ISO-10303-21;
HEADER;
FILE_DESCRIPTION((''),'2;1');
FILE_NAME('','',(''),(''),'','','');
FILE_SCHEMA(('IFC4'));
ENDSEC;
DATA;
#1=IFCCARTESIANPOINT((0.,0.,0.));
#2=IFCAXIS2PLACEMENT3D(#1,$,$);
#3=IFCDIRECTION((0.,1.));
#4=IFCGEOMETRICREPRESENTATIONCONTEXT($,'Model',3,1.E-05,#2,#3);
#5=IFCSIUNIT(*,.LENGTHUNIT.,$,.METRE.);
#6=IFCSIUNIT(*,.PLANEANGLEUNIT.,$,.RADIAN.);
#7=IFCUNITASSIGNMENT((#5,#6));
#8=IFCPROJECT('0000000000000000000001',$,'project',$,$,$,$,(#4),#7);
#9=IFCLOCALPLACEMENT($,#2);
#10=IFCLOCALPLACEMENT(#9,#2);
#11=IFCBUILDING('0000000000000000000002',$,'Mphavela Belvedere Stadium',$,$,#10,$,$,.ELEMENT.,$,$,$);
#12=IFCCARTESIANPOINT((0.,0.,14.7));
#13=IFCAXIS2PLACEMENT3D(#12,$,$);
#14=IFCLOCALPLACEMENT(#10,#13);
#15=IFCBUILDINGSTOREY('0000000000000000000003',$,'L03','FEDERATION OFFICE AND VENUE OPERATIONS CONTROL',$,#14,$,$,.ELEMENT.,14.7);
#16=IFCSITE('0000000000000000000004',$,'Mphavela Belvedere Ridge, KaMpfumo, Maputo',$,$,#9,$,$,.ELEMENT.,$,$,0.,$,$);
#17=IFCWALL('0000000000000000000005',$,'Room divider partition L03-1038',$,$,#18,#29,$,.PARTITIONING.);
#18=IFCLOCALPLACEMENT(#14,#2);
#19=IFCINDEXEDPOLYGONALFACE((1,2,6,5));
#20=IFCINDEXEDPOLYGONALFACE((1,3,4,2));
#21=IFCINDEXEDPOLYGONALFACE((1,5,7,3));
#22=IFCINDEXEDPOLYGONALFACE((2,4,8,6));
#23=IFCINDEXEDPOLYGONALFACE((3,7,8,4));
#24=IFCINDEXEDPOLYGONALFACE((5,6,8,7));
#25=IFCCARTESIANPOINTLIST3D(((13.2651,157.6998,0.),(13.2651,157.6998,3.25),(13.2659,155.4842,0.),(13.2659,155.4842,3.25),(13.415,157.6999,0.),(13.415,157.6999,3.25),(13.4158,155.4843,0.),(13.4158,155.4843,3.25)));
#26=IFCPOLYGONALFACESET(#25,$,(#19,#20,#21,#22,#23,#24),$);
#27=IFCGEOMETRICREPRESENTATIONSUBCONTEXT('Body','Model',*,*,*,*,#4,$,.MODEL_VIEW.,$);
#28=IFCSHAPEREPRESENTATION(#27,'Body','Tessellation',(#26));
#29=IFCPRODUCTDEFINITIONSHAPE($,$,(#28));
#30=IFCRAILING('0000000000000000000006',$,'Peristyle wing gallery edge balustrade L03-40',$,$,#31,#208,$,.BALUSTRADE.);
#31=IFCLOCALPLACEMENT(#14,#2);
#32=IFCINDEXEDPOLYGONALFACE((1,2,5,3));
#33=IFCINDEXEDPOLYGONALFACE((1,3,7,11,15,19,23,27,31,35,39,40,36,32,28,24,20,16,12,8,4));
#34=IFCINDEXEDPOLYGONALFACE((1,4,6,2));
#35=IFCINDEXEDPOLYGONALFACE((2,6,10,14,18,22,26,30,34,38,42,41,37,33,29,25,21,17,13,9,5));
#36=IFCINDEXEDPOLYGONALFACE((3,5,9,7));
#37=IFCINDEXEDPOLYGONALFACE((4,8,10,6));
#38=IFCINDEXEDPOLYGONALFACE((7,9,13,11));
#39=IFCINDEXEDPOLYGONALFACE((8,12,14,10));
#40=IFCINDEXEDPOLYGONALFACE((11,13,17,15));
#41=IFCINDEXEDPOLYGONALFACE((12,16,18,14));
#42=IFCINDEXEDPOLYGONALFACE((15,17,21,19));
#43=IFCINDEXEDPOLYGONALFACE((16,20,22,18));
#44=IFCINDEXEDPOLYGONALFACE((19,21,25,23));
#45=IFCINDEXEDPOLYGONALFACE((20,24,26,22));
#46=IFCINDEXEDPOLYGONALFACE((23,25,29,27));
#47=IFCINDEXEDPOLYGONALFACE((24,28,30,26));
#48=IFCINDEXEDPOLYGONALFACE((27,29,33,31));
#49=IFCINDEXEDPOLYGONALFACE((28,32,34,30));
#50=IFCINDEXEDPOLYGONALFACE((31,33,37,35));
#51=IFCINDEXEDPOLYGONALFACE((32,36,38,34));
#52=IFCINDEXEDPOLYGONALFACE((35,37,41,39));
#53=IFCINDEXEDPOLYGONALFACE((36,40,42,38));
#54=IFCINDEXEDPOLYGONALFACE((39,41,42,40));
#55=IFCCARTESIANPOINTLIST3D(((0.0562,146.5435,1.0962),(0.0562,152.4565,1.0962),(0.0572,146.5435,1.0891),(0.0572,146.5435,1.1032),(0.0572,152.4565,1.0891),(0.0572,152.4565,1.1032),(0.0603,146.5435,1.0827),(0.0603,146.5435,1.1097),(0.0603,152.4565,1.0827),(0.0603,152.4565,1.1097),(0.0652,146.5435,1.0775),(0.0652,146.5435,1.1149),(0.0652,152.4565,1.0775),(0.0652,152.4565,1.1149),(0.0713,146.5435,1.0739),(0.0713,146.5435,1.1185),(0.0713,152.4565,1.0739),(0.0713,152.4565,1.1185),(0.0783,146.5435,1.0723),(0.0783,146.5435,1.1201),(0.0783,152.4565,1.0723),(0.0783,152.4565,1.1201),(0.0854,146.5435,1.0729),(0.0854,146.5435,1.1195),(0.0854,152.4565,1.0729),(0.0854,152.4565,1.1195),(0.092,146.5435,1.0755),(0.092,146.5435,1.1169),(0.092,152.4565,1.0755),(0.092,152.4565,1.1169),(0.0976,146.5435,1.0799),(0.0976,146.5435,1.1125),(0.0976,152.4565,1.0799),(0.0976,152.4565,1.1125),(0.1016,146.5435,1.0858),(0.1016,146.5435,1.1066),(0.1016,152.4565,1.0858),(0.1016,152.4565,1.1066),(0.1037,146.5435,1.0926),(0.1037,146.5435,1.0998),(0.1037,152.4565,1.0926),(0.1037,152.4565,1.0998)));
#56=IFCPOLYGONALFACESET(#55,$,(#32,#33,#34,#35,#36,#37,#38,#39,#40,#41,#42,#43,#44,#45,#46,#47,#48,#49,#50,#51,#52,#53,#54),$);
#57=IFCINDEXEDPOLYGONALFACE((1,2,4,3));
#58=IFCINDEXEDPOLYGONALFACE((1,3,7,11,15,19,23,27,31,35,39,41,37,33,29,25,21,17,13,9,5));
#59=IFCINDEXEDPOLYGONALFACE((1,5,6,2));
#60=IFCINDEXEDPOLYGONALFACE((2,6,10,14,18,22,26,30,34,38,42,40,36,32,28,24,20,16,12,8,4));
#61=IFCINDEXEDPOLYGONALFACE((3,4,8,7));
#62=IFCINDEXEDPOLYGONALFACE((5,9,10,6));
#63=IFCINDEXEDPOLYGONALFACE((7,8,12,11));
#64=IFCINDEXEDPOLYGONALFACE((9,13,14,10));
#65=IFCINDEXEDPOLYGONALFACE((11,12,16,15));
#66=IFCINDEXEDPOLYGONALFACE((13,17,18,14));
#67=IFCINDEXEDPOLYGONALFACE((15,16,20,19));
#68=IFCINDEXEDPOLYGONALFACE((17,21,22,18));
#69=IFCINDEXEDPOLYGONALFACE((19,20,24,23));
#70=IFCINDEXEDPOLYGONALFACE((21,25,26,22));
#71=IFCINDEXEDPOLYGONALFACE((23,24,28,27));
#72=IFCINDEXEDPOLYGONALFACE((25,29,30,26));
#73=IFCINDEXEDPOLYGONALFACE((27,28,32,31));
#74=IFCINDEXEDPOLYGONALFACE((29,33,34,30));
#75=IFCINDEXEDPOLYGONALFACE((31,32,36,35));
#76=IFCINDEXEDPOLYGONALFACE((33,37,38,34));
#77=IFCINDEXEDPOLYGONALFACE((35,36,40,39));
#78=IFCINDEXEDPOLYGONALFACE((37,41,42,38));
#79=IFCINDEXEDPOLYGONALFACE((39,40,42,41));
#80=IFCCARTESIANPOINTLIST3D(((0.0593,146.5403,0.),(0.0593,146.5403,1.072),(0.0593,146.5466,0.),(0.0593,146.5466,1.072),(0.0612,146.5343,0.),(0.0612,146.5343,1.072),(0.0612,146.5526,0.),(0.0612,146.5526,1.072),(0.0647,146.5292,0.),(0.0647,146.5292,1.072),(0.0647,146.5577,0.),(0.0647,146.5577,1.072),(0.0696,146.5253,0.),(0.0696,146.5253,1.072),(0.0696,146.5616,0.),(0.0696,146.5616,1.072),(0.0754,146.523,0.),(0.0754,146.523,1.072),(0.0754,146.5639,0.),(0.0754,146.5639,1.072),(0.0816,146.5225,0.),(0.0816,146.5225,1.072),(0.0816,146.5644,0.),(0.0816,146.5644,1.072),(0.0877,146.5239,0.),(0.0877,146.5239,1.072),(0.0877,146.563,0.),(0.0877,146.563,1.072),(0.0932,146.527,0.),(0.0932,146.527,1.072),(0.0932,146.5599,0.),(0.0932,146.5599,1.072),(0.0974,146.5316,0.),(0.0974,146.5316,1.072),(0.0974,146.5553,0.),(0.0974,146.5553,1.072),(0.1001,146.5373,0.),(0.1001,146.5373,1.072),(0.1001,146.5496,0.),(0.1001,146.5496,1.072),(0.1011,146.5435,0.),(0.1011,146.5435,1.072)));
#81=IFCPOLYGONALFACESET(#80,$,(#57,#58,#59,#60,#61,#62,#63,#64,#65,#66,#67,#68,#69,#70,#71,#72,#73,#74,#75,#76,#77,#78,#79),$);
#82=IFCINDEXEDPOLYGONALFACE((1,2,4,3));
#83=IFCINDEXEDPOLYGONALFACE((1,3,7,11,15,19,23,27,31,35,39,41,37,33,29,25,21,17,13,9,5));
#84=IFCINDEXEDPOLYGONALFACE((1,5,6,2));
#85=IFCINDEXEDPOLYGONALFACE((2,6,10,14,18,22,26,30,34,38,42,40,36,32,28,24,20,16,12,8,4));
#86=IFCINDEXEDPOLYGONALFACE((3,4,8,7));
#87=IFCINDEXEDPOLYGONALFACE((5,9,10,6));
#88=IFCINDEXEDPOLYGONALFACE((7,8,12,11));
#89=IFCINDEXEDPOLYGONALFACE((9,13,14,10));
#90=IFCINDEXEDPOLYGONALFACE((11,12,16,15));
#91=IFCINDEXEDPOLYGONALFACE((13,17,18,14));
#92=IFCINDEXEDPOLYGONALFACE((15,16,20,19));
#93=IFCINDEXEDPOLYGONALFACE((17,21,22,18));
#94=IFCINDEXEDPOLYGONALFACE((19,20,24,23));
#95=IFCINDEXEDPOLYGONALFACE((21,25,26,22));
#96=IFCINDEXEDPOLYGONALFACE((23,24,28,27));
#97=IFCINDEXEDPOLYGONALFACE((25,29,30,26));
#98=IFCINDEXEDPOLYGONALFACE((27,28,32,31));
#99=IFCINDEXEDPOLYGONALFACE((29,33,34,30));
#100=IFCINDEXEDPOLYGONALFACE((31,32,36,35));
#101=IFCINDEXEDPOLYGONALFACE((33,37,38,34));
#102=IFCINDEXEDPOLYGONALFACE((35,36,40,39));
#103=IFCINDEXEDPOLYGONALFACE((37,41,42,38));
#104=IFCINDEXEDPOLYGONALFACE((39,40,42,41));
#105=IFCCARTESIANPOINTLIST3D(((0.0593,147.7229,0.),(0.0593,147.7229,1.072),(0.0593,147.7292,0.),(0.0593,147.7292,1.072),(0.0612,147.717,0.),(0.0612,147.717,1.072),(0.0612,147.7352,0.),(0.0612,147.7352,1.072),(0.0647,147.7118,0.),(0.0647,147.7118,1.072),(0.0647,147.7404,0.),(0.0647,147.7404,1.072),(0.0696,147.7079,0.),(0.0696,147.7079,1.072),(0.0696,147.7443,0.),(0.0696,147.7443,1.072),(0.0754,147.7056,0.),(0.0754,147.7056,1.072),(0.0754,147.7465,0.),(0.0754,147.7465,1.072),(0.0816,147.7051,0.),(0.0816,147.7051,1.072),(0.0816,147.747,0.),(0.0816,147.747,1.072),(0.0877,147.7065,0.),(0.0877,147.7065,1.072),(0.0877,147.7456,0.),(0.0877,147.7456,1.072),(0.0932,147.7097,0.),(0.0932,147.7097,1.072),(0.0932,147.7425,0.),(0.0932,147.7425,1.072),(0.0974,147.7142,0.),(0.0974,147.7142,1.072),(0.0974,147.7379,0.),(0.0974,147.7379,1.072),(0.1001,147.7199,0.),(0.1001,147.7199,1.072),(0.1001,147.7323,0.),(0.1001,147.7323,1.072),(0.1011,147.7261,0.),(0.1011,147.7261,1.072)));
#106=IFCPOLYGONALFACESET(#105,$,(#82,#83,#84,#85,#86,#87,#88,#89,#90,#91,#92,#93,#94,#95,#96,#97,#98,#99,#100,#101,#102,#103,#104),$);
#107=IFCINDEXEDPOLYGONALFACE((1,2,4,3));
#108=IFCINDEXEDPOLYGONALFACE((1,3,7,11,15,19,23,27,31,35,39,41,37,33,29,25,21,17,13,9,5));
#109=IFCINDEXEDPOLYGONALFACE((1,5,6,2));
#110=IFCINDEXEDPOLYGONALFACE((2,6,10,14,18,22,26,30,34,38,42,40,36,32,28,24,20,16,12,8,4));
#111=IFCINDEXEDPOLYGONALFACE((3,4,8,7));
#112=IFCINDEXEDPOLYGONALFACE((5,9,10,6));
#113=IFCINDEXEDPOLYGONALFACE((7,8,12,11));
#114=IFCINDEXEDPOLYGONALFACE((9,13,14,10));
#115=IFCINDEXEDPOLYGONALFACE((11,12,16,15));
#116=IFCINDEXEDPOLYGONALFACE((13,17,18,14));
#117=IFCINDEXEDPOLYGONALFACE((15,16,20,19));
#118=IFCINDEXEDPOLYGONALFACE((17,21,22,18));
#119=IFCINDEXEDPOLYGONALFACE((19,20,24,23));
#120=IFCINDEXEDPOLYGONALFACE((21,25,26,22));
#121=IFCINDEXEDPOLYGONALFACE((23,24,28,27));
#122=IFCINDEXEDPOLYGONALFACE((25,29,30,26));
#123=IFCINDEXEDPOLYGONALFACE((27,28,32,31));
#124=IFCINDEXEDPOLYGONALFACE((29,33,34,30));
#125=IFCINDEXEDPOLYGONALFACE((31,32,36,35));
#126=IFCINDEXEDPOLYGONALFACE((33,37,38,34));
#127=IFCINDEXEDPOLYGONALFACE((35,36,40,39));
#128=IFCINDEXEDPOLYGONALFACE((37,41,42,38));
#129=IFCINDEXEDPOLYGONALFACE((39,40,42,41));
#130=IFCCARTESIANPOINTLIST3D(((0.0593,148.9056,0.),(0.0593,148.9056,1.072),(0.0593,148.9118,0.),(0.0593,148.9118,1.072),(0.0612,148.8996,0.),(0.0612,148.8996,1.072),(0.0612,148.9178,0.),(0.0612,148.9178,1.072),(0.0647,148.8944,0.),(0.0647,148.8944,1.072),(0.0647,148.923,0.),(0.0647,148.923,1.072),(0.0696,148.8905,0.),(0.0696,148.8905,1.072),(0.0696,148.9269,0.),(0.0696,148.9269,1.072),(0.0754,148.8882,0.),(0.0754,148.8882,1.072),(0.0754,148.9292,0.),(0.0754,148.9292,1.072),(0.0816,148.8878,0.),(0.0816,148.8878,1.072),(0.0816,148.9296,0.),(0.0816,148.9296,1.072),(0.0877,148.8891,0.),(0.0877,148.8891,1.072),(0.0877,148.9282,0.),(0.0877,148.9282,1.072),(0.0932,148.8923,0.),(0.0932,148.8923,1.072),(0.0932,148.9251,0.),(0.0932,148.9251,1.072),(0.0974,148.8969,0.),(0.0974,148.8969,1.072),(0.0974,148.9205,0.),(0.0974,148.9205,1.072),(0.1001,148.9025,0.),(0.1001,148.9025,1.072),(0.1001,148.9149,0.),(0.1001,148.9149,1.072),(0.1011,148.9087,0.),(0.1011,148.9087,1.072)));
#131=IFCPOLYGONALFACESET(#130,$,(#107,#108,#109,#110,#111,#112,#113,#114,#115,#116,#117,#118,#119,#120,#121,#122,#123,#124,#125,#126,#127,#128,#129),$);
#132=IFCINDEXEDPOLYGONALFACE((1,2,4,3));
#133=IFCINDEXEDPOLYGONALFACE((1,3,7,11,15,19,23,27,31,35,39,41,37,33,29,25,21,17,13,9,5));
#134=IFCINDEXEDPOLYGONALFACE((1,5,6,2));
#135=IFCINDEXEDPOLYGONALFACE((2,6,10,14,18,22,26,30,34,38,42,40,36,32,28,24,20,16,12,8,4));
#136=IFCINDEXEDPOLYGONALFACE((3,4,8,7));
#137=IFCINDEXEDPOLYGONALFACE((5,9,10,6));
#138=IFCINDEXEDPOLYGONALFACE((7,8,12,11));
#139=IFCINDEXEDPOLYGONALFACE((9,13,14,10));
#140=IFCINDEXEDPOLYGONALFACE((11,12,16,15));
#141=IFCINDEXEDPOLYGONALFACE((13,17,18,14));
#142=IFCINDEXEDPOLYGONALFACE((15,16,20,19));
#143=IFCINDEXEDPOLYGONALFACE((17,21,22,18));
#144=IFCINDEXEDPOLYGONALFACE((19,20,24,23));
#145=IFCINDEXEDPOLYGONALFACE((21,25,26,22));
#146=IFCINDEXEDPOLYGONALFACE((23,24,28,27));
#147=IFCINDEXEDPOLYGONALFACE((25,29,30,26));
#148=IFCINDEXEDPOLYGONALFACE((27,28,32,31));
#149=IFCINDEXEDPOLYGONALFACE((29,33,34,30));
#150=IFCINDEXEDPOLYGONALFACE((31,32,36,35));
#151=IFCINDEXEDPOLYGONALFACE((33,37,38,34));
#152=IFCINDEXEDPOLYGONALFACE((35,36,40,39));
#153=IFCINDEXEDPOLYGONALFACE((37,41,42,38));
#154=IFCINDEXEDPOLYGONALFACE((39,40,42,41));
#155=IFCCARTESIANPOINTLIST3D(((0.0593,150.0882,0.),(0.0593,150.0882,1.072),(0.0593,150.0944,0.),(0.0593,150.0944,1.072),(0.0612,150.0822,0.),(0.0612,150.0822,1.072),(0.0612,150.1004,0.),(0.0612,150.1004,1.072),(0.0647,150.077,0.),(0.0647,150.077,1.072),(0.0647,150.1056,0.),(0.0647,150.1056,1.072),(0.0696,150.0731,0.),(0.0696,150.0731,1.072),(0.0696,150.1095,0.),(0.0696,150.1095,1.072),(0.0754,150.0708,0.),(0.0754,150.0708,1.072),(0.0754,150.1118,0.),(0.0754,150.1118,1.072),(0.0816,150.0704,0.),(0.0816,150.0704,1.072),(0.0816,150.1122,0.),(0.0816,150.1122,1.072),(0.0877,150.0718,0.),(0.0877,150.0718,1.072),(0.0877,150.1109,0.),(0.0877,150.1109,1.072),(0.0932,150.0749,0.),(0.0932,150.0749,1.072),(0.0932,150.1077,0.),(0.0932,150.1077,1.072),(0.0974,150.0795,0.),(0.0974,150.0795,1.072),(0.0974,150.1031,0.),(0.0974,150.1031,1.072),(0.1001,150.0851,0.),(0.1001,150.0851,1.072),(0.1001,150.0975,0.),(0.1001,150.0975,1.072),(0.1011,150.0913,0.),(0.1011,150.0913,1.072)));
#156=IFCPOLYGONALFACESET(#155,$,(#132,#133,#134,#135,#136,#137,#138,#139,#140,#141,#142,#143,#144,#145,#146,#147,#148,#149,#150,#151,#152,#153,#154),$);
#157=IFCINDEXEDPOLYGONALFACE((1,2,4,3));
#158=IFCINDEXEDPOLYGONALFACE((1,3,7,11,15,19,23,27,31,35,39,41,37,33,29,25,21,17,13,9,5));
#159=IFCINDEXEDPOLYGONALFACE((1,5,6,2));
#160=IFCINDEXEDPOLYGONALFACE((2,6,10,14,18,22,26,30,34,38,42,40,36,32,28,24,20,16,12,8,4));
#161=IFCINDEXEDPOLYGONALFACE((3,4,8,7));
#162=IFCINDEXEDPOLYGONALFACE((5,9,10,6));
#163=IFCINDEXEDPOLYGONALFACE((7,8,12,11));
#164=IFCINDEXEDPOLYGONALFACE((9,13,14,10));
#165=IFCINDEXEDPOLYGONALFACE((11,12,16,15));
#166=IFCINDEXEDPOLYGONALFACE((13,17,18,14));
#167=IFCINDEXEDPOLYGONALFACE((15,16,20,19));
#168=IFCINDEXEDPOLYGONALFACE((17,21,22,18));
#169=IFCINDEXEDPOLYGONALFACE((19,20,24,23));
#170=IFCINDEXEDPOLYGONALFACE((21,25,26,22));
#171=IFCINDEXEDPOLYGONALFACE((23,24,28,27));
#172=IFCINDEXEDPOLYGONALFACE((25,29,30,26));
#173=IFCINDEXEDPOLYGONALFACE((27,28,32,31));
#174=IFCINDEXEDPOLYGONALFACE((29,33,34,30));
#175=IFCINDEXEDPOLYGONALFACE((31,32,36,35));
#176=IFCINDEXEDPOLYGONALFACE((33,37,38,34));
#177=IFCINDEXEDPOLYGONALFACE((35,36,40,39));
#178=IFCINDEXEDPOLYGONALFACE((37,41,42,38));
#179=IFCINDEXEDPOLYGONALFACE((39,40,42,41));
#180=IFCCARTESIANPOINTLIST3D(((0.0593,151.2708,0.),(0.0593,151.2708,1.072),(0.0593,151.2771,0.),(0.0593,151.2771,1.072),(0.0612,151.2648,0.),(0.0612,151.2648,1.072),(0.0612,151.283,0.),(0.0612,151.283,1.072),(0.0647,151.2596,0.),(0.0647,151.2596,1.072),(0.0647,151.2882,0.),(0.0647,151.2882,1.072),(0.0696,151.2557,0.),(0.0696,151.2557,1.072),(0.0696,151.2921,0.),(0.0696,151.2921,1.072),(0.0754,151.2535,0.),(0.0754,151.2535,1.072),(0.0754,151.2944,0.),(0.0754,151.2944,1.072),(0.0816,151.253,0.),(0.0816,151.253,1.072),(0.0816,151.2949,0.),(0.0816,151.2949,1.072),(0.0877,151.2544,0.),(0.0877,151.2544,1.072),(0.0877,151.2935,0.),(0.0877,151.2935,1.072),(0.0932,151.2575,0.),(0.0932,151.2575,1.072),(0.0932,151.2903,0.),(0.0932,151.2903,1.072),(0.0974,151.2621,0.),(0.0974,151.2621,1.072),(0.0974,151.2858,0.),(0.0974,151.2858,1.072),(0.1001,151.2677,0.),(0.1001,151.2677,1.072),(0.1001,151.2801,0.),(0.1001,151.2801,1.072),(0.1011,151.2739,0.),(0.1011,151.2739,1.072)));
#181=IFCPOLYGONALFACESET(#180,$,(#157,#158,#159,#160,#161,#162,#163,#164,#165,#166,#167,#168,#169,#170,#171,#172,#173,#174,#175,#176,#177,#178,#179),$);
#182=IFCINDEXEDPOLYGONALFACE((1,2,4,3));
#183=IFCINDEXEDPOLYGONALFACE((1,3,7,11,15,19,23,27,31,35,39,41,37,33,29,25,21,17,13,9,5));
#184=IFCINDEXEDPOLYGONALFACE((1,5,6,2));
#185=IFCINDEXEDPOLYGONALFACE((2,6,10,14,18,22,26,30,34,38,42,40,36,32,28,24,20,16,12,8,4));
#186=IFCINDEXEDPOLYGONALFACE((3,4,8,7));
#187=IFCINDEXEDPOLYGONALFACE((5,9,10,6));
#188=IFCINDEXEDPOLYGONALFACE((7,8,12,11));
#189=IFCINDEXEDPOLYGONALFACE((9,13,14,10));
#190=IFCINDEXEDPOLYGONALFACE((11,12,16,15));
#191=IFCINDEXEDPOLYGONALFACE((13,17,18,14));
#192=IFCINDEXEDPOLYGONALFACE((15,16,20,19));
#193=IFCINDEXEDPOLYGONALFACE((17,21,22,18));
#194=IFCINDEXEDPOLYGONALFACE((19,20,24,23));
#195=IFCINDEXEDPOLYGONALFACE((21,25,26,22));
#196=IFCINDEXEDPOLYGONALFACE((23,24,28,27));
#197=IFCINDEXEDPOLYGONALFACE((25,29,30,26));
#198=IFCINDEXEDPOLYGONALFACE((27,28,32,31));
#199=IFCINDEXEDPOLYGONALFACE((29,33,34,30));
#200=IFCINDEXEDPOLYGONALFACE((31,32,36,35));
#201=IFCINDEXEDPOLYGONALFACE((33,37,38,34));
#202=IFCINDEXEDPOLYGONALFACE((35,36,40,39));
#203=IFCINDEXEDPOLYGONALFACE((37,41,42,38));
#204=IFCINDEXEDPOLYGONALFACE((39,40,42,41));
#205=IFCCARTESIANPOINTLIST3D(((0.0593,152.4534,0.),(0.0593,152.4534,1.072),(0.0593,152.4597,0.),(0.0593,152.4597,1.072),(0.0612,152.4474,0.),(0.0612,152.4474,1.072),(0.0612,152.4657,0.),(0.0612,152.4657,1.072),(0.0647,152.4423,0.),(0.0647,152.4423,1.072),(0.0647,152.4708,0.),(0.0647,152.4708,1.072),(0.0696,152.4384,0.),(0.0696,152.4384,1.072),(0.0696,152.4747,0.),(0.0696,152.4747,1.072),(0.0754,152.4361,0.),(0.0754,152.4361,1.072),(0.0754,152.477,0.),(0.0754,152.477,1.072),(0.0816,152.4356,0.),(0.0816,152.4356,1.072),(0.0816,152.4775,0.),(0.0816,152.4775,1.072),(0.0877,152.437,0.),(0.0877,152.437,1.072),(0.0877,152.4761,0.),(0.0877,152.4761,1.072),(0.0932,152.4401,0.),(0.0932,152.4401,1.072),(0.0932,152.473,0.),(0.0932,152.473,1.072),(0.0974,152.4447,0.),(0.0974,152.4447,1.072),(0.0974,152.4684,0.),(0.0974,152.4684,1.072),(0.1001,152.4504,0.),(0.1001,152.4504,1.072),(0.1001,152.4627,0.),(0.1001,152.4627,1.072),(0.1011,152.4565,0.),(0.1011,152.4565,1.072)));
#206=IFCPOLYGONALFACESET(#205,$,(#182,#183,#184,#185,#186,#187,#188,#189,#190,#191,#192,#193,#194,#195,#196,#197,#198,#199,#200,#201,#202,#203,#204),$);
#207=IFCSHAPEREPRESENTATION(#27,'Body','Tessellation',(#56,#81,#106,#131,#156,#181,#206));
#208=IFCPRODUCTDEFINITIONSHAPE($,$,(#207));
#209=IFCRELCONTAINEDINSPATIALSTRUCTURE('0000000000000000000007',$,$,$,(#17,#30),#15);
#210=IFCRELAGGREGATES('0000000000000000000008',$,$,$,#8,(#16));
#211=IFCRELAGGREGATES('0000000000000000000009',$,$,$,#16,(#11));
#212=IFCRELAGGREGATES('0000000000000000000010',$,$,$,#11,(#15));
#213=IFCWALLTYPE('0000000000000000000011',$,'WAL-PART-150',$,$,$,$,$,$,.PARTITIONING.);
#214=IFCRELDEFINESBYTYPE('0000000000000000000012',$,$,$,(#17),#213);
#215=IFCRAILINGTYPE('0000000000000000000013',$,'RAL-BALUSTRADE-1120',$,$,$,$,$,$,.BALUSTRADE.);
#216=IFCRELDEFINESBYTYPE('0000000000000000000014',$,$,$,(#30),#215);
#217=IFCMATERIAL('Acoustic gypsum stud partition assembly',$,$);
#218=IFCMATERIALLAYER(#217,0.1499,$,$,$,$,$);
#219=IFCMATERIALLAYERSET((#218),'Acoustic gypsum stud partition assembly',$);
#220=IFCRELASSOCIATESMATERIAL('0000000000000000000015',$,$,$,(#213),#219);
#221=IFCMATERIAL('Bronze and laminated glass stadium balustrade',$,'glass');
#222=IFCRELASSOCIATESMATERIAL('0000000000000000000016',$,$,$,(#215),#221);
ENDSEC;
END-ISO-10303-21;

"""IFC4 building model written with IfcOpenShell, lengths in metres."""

from ifc_helpers import new_model, si_unit, direction, frame, frame_2d, origin, origin_2d, place, context, subcontext, project, spatial, rectangle, circle, extrude, material, layer, layer_set, type_object, element, save


model = new_model("IFC4")

# Units and contexts
model_context = context("Model", 3, precision=1e-05, world=origin(), true_north=direction((0.0, 1.0)))
body_context = subcontext(model_context, "Body", "Model", "MODEL_VIEW")
ifc_project = project(units=[si_unit("LENGTHUNIT", "METRE"), si_unit("PLANEANGLEUNIT", "RADIAN")], contexts=[model_context])

# Site, building, storey
site_placement = place(None, origin())
site = spatial("IfcSite", under=ifc_project, at=site_placement, Name="Mphavela Belvedere Ridge, KaMpfumo, Maputo", CompositionType="ELEMENT", RefElevation=0.0)
building_placement = place(site_placement, origin())
building = spatial("IfcBuilding", under=site, at=building_placement, Name="Mphavela Belvedere Stadium", CompositionType="ELEMENT")
storey_placement = place(building_placement, frame((0.0, 0.0, 14.7)))
storey = spatial("IfcBuildingStorey", under=building, at=storey_placement, Name="L03", Description="FEDERATION OFFICE AND VENUE OPERATIONS CONTROL", CompositionType="ELEMENT", Elevation=14.7)

# Wall
ifc_material_1 = material(Name="Acoustic gypsum stud partition assembly")
ifc_layer_1 = layer(ifc_material_1, 0.1499)
ifc_layer_set_1 = layer_set([ifc_layer_1], Name="Acoustic gypsum stud partition assembly")
wall_type_1 = type_object("IfcWallType", Name="WAL-PART-150", PredefinedType="PARTITIONING", material=ifc_layer_set_1)
wall_1_placement = place(storey_placement, frame((13.3401, 157.7, 0.0), z_axis=(0.0, 0.0, 1.0), x_axis=(0.000331, -1.0, 0.0)))
element("IfcWall", 1, at=wall_1_placement, inside=storey, type_object=wall_type_1, Name="Room divider partition L03-1038", PredefinedType="PARTITIONING", context=body_context, shape_type="SweptSolid", body=[
    extrude(rectangle(XDim=2.2156, YDim=0.1499, at=frame_2d((1.1079, 0.0))), origin(), (0.0, 0.0, 1.0), 3.25),
])

# Railing
ifc_material_2 = material(Name="Bronze and laminated glass stadium balustrade", Category="glass")
railing_type = type_object("IfcRailingType", Name="RAL-BALUSTRADE-1120", PredefinedType="BALUSTRADE", material=ifc_material_2)
for number, where, name in (
    (2, (0.0801, 146.5435, 0.0), "Peristyle wing gallery edge balustrade L03-40"),
):
    element("IfcRailing", number, at=place(storey_placement, frame(where)), inside=storey, type_object=railing_type, Name=name, PredefinedType="BALUSTRADE", context=body_context, shape_type="SweptSolid", body=[
        extrude(circle(Radius=0.0239, at=origin_2d()), frame((0.0, 0.0, 1.0962), z_axis=(0.0, 1.0, 0.0), x_axis=(-1.0, 0.0, 0.0)), (0.0, 0.0, 1.0), 5.9131),
        extrude(circle(Radius=0.021, at=origin_2d()), origin(), (0.0, 0.0, 1.0), 1.072),
        extrude(circle(Radius=0.021, at=origin_2d()), frame((0.0, 1.1826, 0.0)), (0.0, 0.0, 1.0), 1.072),
        extrude(circle(Radius=0.021, at=origin_2d()), frame((0.0, 2.3652, 0.0)), (0.0, 0.0, 1.0), 1.072),
        extrude(circle(Radius=0.021, at=origin_2d()), frame((0.0, 3.5479, 0.0)), (0.0, 0.0, 1.0), 1.072),
        extrude(circle(Radius=0.021, at=origin_2d()), frame((0.0, 4.7305, 0.0)), (0.0, 0.0, 1.0), 1.072),
        extrude(circle(Radius=0.021, at=origin_2d()), frame((0.0, 5.9131, 0.0)), (0.0, 0.0, 1.0), 1.072),
    ])

save(model, "model.ifc")
